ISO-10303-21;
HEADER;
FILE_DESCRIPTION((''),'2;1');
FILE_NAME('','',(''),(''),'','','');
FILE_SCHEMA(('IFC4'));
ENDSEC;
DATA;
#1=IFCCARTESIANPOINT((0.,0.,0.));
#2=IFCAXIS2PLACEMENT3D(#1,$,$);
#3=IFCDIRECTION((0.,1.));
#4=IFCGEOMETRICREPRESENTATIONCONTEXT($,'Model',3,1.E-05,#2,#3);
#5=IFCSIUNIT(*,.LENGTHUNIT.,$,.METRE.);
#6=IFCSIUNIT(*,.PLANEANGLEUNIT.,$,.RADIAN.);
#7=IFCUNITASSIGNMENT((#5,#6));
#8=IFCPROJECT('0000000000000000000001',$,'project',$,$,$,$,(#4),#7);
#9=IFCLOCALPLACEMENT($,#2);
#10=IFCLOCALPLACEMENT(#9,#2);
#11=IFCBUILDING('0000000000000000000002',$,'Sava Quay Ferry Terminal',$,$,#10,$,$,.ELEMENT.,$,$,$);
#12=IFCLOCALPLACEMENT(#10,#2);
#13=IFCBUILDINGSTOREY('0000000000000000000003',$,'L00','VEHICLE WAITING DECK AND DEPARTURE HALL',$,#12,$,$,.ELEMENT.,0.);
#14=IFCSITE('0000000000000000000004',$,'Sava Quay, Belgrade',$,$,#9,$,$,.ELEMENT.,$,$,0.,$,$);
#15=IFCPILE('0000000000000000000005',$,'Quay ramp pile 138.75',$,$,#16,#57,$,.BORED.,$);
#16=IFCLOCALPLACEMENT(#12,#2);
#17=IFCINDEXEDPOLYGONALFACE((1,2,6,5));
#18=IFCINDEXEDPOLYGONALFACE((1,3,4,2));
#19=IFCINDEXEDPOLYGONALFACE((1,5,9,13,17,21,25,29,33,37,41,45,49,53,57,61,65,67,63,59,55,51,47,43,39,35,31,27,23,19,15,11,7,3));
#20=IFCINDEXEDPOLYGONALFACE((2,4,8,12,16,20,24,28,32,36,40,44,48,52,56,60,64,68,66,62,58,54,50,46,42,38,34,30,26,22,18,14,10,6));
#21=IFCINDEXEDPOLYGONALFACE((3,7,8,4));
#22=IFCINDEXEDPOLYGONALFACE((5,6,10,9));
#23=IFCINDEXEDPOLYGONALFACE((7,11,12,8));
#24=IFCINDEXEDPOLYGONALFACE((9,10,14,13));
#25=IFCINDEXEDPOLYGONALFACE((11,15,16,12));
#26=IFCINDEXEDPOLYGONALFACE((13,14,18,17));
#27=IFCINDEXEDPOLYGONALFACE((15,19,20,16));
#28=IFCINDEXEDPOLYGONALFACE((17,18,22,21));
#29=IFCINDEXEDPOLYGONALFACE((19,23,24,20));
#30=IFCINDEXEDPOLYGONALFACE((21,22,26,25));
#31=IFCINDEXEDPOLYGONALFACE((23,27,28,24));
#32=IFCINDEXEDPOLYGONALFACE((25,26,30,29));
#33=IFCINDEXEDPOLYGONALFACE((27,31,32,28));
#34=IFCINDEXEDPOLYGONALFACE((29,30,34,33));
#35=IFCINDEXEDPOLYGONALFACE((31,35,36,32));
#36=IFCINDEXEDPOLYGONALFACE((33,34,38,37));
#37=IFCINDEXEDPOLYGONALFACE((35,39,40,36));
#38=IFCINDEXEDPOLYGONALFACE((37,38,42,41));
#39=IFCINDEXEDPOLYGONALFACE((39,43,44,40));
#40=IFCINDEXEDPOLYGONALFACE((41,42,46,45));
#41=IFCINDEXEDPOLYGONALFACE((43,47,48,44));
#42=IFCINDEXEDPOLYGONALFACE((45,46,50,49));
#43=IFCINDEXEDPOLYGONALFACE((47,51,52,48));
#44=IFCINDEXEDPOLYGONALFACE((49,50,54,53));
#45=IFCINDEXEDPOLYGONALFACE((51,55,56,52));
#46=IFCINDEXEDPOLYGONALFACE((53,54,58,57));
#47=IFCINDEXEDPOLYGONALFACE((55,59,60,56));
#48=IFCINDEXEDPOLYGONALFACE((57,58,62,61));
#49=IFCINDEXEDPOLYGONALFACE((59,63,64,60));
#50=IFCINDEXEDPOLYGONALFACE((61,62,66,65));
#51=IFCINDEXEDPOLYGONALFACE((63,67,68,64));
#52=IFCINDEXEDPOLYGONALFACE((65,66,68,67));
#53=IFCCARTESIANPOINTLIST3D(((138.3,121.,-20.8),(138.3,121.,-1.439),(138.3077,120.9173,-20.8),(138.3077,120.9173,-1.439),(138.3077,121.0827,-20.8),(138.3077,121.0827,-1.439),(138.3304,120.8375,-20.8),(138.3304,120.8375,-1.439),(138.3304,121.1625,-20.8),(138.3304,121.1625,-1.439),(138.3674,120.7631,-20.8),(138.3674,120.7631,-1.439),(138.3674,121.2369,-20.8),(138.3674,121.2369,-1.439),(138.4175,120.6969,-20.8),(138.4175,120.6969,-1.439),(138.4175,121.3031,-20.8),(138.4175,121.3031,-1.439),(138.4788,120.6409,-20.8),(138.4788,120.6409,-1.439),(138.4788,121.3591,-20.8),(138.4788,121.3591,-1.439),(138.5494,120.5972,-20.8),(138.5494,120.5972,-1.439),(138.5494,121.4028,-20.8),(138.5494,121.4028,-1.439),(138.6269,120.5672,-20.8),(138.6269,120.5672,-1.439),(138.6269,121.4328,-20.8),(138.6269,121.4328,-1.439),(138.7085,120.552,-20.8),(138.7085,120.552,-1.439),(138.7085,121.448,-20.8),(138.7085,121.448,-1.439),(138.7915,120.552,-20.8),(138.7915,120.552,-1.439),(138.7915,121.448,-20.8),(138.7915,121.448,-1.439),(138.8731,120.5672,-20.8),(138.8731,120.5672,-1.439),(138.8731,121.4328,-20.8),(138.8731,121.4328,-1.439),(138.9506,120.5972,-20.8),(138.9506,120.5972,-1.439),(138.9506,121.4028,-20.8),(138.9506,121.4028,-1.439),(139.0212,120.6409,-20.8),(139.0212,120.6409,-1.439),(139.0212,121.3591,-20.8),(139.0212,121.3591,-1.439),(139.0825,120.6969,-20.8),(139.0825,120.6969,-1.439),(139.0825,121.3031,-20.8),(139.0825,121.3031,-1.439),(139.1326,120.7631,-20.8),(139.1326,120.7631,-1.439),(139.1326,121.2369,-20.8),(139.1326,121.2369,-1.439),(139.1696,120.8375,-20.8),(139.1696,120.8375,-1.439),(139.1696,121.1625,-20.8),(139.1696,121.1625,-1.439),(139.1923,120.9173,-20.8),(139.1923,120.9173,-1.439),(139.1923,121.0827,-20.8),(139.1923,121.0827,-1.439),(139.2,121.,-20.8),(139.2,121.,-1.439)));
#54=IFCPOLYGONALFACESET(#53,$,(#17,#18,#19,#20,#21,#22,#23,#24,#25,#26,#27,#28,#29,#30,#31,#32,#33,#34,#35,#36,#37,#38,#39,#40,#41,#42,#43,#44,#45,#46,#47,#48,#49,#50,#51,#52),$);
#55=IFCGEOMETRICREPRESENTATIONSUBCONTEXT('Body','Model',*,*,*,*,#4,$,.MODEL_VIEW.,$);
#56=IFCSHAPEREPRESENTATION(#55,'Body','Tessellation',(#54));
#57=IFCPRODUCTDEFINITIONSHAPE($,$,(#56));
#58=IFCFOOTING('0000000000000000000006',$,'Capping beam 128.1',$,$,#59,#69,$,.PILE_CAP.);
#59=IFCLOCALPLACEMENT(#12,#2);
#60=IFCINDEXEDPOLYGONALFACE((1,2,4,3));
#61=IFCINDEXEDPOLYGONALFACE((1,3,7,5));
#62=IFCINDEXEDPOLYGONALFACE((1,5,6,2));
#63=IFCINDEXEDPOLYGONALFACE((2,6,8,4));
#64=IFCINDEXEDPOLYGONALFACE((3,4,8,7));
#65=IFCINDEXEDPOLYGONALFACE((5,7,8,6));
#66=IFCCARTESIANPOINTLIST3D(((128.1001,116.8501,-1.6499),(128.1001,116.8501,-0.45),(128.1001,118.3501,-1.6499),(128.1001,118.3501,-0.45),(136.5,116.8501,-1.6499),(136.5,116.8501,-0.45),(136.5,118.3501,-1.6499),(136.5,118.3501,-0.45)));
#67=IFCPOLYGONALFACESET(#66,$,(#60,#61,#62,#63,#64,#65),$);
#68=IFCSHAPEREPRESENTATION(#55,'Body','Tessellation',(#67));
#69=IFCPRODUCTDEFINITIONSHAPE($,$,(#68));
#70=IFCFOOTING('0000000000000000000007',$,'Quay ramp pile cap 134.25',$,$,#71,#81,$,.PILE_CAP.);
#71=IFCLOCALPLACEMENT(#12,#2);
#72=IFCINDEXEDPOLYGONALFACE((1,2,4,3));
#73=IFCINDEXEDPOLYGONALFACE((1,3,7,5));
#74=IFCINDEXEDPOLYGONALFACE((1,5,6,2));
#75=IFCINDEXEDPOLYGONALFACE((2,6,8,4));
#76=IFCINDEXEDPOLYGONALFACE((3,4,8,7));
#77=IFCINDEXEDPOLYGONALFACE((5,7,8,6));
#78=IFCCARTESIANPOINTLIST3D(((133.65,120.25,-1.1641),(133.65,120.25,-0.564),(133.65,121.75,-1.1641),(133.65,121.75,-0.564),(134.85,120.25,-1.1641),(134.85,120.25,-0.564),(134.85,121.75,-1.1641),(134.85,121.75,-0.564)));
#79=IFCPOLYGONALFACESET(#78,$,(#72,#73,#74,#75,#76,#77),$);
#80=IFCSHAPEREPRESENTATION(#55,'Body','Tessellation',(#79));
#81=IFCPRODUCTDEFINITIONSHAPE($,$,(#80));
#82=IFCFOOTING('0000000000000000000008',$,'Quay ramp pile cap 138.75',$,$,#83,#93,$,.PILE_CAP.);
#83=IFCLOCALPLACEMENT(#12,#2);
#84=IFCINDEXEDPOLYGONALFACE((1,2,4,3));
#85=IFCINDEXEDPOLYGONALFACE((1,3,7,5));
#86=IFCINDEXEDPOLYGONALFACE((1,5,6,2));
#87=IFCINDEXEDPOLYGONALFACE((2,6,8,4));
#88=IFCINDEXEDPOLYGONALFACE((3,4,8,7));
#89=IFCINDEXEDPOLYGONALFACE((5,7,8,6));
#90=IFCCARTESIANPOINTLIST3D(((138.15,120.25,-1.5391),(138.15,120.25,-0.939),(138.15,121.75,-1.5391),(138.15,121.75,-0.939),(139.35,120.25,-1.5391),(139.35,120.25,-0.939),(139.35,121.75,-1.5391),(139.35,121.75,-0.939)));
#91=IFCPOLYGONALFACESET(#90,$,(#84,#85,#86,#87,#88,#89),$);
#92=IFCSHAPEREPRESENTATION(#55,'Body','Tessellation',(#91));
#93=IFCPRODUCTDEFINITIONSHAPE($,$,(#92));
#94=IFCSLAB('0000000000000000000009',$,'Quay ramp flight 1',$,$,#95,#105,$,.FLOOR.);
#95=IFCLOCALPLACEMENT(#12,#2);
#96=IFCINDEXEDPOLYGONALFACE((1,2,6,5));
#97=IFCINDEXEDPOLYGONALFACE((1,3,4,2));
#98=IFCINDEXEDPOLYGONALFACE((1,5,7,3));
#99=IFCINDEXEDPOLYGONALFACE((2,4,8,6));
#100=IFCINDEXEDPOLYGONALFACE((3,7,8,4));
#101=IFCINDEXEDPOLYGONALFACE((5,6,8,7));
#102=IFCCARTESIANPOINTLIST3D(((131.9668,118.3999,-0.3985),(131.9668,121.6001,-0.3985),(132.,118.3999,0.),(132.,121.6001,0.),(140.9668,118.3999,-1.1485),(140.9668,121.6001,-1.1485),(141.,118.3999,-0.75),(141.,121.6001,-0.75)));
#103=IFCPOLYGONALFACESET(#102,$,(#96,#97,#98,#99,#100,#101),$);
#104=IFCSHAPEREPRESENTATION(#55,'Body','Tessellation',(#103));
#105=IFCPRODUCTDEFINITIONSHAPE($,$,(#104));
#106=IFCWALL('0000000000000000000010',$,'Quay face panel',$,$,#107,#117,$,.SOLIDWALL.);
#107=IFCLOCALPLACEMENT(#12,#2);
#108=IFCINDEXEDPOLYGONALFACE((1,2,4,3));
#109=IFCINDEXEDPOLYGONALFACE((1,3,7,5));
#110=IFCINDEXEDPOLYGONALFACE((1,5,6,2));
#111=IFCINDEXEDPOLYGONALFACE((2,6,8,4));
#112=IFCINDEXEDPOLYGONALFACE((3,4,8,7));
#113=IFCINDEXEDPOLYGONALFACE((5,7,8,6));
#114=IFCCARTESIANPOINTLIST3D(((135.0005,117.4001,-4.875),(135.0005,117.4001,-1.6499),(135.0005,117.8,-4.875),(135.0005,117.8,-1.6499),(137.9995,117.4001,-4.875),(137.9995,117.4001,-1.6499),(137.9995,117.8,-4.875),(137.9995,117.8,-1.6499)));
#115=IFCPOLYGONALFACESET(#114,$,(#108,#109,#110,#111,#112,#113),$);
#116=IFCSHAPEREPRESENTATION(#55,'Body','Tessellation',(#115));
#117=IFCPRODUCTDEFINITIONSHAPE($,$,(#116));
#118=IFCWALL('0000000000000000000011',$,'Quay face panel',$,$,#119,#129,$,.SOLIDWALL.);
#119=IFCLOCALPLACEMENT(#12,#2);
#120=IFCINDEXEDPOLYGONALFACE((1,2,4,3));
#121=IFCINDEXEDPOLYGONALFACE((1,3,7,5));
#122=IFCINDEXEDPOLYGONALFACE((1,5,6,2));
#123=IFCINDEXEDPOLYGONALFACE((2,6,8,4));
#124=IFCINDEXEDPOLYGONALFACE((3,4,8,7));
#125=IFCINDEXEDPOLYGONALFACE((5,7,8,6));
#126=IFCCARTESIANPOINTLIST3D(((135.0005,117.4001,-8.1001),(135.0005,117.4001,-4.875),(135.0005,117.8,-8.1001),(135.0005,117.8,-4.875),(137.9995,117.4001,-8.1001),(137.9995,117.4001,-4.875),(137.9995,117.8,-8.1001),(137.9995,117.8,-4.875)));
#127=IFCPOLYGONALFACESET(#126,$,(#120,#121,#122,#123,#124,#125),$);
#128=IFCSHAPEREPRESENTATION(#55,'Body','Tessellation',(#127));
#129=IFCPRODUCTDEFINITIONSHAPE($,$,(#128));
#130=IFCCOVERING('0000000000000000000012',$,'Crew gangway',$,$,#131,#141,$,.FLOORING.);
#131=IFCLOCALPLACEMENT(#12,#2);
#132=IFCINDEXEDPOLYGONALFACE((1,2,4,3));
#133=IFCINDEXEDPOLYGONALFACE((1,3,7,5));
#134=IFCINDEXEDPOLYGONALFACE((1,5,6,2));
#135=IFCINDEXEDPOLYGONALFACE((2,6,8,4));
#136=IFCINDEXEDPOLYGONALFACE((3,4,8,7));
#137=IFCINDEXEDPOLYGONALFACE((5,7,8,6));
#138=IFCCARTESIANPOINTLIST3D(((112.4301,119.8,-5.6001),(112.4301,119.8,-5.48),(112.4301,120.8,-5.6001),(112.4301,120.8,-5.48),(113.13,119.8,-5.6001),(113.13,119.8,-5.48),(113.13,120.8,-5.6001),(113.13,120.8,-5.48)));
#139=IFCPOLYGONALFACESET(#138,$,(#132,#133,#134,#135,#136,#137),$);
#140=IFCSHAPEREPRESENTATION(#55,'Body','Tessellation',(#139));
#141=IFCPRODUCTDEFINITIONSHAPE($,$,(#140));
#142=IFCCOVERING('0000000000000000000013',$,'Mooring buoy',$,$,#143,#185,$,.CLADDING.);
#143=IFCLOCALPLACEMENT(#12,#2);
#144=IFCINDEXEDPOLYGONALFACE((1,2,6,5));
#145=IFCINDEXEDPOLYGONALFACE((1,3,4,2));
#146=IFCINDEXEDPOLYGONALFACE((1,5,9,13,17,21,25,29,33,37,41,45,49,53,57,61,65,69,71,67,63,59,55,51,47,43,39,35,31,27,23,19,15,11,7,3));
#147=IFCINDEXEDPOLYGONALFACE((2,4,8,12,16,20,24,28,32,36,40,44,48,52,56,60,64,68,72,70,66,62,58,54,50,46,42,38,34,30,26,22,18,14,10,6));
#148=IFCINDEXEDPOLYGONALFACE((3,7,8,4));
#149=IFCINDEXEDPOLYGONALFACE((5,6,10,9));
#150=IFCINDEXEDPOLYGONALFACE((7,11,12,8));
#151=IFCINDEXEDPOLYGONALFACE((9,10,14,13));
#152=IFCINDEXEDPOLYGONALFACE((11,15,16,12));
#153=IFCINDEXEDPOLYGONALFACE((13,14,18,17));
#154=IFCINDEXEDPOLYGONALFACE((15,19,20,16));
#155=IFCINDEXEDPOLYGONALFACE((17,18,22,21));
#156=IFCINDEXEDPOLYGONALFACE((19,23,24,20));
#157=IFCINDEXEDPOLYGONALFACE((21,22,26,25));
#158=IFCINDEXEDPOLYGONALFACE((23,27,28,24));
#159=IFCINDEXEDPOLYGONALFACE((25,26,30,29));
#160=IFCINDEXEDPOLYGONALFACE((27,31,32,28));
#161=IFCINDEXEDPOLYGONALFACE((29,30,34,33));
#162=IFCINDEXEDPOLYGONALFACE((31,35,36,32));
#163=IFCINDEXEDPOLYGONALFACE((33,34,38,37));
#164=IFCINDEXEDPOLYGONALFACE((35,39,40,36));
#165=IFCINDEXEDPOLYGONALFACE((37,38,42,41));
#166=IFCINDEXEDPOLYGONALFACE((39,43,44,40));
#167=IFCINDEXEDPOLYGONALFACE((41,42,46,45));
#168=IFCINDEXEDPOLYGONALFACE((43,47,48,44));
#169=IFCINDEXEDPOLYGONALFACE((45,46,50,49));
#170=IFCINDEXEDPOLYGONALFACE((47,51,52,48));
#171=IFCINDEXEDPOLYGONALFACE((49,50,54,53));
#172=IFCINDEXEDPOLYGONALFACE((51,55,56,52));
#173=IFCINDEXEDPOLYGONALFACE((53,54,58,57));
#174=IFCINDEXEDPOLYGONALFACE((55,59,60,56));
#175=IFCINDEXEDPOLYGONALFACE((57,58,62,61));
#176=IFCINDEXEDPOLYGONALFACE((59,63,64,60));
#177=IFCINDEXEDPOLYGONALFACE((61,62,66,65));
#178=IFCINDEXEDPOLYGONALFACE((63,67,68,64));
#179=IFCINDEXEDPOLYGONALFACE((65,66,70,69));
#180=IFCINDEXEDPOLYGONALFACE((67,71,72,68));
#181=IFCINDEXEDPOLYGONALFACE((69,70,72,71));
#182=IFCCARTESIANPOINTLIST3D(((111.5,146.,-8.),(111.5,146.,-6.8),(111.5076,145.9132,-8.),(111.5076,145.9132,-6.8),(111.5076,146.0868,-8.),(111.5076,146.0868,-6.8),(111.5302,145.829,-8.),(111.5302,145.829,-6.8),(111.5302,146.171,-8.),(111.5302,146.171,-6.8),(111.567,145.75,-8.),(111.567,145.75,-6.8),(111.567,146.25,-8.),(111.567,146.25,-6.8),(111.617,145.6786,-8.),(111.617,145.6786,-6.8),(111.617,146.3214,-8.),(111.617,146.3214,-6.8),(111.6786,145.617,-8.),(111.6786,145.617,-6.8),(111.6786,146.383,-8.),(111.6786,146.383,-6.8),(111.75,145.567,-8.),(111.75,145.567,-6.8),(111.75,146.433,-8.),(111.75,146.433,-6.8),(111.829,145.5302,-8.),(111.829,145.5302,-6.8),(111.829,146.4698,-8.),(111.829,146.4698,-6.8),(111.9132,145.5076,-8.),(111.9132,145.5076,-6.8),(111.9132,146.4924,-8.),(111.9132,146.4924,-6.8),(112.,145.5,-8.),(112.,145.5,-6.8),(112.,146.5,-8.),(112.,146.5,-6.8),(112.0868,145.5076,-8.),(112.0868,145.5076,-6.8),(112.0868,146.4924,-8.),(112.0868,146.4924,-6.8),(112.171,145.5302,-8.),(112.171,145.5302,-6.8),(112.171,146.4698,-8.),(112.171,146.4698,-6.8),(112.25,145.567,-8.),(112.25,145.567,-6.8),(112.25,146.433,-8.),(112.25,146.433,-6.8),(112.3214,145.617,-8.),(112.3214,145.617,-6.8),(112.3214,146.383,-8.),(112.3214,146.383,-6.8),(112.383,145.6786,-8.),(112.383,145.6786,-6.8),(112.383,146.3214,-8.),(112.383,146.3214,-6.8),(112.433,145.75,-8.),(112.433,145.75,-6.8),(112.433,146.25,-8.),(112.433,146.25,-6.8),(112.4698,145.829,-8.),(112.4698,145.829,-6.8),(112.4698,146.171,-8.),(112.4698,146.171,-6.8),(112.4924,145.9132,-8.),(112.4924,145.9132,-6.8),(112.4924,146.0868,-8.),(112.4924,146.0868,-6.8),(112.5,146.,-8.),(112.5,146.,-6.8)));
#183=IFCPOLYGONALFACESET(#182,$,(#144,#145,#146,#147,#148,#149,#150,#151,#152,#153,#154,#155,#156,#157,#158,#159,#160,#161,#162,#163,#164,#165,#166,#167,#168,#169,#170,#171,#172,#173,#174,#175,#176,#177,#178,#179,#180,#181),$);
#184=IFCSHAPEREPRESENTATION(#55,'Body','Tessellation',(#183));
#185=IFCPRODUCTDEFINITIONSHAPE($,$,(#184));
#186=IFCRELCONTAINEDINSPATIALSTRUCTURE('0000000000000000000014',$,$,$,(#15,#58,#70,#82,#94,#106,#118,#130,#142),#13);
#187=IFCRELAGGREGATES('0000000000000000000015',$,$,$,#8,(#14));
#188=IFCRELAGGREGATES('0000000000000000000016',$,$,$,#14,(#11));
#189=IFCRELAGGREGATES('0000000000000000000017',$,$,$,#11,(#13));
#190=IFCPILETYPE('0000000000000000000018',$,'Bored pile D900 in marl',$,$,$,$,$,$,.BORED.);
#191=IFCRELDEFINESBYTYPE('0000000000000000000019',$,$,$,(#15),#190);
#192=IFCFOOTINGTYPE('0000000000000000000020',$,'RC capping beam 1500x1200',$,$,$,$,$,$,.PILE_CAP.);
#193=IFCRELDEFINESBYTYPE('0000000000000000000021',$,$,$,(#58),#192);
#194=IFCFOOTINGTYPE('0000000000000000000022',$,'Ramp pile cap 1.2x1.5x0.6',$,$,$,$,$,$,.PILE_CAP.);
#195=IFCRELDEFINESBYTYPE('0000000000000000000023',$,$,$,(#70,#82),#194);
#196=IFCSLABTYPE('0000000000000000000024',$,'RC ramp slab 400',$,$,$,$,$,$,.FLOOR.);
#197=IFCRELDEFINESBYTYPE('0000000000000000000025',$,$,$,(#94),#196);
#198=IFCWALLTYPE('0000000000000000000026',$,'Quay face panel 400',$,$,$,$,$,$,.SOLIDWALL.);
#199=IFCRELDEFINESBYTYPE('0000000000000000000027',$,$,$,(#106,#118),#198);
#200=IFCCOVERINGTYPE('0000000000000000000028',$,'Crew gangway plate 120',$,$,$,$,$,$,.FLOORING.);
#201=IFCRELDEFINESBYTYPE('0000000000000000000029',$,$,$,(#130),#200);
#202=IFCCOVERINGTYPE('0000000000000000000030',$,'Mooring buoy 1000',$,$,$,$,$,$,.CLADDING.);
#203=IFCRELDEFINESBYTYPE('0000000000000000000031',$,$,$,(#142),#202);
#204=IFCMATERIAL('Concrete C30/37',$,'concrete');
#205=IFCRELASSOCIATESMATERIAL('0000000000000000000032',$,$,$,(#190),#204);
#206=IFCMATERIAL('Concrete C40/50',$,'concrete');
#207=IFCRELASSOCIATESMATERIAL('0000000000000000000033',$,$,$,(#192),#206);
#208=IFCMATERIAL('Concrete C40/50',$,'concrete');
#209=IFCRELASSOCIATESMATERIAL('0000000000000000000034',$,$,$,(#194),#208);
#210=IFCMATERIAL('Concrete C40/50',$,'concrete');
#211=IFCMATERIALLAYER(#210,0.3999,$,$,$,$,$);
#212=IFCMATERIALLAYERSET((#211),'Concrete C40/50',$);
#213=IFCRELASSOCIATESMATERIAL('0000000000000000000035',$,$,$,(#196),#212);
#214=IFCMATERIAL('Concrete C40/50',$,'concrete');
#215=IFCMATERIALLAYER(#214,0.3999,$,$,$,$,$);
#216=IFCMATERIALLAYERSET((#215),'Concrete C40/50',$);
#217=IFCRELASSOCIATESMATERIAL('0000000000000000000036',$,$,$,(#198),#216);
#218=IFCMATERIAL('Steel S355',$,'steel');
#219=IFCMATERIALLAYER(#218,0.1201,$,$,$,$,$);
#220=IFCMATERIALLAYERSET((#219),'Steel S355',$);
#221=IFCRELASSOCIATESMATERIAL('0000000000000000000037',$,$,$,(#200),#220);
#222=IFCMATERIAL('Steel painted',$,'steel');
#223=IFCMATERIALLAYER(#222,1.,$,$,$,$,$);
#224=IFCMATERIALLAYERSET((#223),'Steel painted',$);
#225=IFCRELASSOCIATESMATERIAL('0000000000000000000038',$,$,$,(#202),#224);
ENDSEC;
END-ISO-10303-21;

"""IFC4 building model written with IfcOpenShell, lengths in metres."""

from ifc_helpers import new_model, si_unit, direction, frame, frame_2d, origin, origin_2d, place, context, subcontext, project, spatial, polyline, rectangle, circle, outline, extrude, material, layer, layer_set, material_profile, profile_set, type_object, element, save


model = new_model("IFC4")

# Units and contexts
model_context = context("Model", 3, precision=1e-05, world=origin(), true_north=direction((0.0, 1.0)))
body_context = subcontext(model_context, "Body", "Model", "MODEL_VIEW")
ifc_project = project(units=[si_unit("LENGTHUNIT", "METRE"), si_unit("PLANEANGLEUNIT", "RADIAN")], contexts=[model_context])

# Site, building, storey
site_placement = place(None, origin())
site = spatial("IfcSite", under=ifc_project, at=site_placement, Name="Sava Quay, Belgrade", CompositionType="ELEMENT", RefElevation=0.0)
building_placement = place(site_placement, origin())
building = spatial("IfcBuilding", under=site, at=building_placement, Name="Sava Quay Ferry Terminal", CompositionType="ELEMENT")
storey_placement = place(building_placement, origin())
storey = spatial("IfcBuildingStorey", under=building, at=storey_placement, Name="L00", Description="VEHICLE WAITING DECK AND DEPARTURE HALL", CompositionType="ELEMENT", Elevation=0.0)

# Pile
ifc_material_1 = material(Name="Concrete C30/37", Category="concrete")
ifc_material_profile_1 = material_profile(ifc_material_1, circle(Radius=0.45, at=origin_2d()), Name="Bored pile D900 in marl")
ifc_profile_set_1 = profile_set([ifc_material_profile_1], Name="Concrete C30/37")
pile_type_1 = type_object("IfcPileType", Name="Bored pile D900 in marl", PredefinedType="BORED", material=ifc_profile_set_1)
pile_1_placement = place(storey_placement, frame((138.75, 121.0, -1.439), z_axis=(0.0, 0.0, -1.0), x_axis=(1.0, 0.0, 0.0)))
element("IfcPile", 1, at=pile_1_placement, inside=storey, type_object=pile_type_1, Name="Quay ramp pile 138.75", PredefinedType="BORED", context=body_context, shape_type="SweptSolid", body=[
    extrude(circle(Radius=0.45, at=origin_2d()), origin(), (0.0, 0.0, 1.0), 19.3611),
])

# Footings
ifc_material_2 = material(Name="Concrete C40/50", Category="concrete")
footing_type_1 = type_object("IfcFootingType", Name="RC capping beam 1500x1200", PredefinedType="PILE_CAP", material=ifc_material_2)
footing_placement = place(storey_placement, frame((132.3, 117.6001, -1.6499), z_axis=(0.0, 0.0, 1.0), x_axis=(1.0, 0.0, 0.0)))
element("IfcFooting", 2, at=footing_placement, inside=storey, type_object=footing_type_1, Name="Capping beam 128.1", PredefinedType="PILE_CAP", context=body_context, shape_type="SweptSolid", body=[
    extrude(rectangle(XDim=8.3999, YDim=1.5, at=origin_2d()), origin(), (0.0, 0.0, 1.0), 1.2),
])
ifc_material_3 = material(Name="Concrete C40/50", Category="concrete")
footing_type_2 = type_object("IfcFootingType", Name="Ramp pile cap 1.2x1.5x0.6", PredefinedType="PILE_CAP", material=ifc_material_3)
for number, where, z_axis, x_axis, name in (
    (3, (134.25, 121.0, -1.1641), (0.0, 0.0, 1.0), (1.0, 0.0, 0.0), "Quay ramp pile cap 134.25"),
    (4, (138.75, 121.0, -1.5391), (0.0, 0.0, 1.0), (1.0, 0.0, 0.0), "Quay ramp pile cap 138.75"),
):
    element("IfcFooting", number, at=place(storey_placement, frame(where, z_axis=z_axis, x_axis=x_axis)), inside=storey, type_object=footing_type_2, Name=name, PredefinedType="PILE_CAP", context=body_context, shape_type="SweptSolid", body=[
        extrude(rectangle(XDim=1.2, YDim=1.5, at=origin_2d()), origin(), (0.0, 0.0, 1.0), 0.6001),
    ])

# Slab
ifc_material_4 = material(Name="Concrete C40/50", Category="concrete")
ifc_layer_1 = layer(ifc_material_4, 0.3999)
ifc_layer_set_1 = layer_set([ifc_layer_1], Name="Concrete C40/50")
slab_type = type_object("IfcSlabType", Name="RC ramp slab 400", PredefinedType="FLOOR", material=ifc_layer_set_1)
slab_placement = place(storey_placement, frame((132.0, 118.3999, 0.0), z_axis=(0.083045, 0.0, 0.996546), x_axis=(0.996546, 0.0, -0.083045)))
element("IfcSlab", 5, at=slab_placement, inside=storey, type_object=slab_type, Name="Quay ramp flight 1", PredefinedType="FLOOR", context=body_context, shape_type="SweptSolid", body=[
    extrude(outline(polyline([(0.0, 0.0), (9.0312, 0.0), (9.0312, 3.2002), (0.0, 3.2002), (0.0, 0.0)])), origin(), (0.0, 0.0, -1.0), 0.3999),
])

# Walls
ifc_material_5 = material(Name="Concrete C40/50", Category="concrete")
ifc_layer_2 = layer(ifc_material_5, 0.3999)
ifc_layer_set_2 = layer_set([ifc_layer_2], Name="Concrete C40/50")
wall_type = type_object("IfcWallType", Name="Quay face panel 400", PredefinedType="SOLIDWALL", material=ifc_layer_set_2)
for number, where, z_axis, x_axis, name in (
    (6, (135.0005, 117.6001, -4.875), (0.0, 0.0, 1.0), (1.0, 0.0, 0.0), "Quay face panel"),
    (7, (135.0005, 117.6001, -8.1001), (0.0, 0.0, 1.0), (1.0, 0.0, 0.0), "Quay face panel"),
):
    element("IfcWall", number, at=place(storey_placement, frame(where, z_axis=z_axis, x_axis=x_axis)), inside=storey, type_object=wall_type, Name=name, PredefinedType="SOLIDWALL", context=body_context, shape_type="SweptSolid", body=[
        extrude(rectangle(XDim=2.999, YDim=0.3999, at=frame_2d((1.4995, 0.0))), origin(), (0.0, 0.0, 1.0), 3.2251),
    ])

# Covering
ifc_material_6 = material(Name="Steel S355", Category="steel")
ifc_layer_3 = layer(ifc_material_6, 0.1201)
ifc_layer_set_3 = layer_set([ifc_layer_3], Name="Steel S355")
covering_type_1 = type_object("IfcCoveringType", Name="Crew gangway plate 120", PredefinedType="FLOORING", material=ifc_layer_set_3)
covering_placement = place(storey_placement, frame((112.78, 120.3, -5.6001), z_axis=(0.0, 0.0, 1.0), x_axis=(1.0, 0.0, 0.0)))
element("IfcCovering", 8, at=covering_placement, inside=storey, type_object=covering_type_1, Name="Crew gangway", PredefinedType="FLOORING", context=body_context, shape_type="SweptSolid", body=[
    extrude(rectangle(XDim=0.7, YDim=1.0, at=origin_2d()), origin(), (0.0, 0.0, 1.0), 0.1201),
])

# Covering
ifc_material_7 = material(Name="Steel painted", Category="steel")
ifc_layer_4 = layer(ifc_material_7, 1.0)
ifc_layer_set_4 = layer_set([ifc_layer_4], Name="Steel painted")
covering_type_2 = type_object("IfcCoveringType", Name="Mooring buoy 1000", PredefinedType="CLADDING", material=ifc_layer_set_4)
for number, where, z_axis, x_axis, name in (
    (9, (112.0, 146.0, -6.8), (0.0, 0.0, -1.0), (1.0, 0.0, 0.0), "Mooring buoy"),
):
    element("IfcCovering", number, at=place(storey_placement, frame(where, z_axis=z_axis, x_axis=x_axis)), inside=storey, type_object=covering_type_2, Name=name, PredefinedType="CLADDING", context=body_context, shape_type="SweptSolid", body=[
        extrude(circle(Radius=0.5, at=origin_2d()), origin(), (0.0, 0.0, 1.0), 1.2),
    ])

save(model, "model.ifc")
